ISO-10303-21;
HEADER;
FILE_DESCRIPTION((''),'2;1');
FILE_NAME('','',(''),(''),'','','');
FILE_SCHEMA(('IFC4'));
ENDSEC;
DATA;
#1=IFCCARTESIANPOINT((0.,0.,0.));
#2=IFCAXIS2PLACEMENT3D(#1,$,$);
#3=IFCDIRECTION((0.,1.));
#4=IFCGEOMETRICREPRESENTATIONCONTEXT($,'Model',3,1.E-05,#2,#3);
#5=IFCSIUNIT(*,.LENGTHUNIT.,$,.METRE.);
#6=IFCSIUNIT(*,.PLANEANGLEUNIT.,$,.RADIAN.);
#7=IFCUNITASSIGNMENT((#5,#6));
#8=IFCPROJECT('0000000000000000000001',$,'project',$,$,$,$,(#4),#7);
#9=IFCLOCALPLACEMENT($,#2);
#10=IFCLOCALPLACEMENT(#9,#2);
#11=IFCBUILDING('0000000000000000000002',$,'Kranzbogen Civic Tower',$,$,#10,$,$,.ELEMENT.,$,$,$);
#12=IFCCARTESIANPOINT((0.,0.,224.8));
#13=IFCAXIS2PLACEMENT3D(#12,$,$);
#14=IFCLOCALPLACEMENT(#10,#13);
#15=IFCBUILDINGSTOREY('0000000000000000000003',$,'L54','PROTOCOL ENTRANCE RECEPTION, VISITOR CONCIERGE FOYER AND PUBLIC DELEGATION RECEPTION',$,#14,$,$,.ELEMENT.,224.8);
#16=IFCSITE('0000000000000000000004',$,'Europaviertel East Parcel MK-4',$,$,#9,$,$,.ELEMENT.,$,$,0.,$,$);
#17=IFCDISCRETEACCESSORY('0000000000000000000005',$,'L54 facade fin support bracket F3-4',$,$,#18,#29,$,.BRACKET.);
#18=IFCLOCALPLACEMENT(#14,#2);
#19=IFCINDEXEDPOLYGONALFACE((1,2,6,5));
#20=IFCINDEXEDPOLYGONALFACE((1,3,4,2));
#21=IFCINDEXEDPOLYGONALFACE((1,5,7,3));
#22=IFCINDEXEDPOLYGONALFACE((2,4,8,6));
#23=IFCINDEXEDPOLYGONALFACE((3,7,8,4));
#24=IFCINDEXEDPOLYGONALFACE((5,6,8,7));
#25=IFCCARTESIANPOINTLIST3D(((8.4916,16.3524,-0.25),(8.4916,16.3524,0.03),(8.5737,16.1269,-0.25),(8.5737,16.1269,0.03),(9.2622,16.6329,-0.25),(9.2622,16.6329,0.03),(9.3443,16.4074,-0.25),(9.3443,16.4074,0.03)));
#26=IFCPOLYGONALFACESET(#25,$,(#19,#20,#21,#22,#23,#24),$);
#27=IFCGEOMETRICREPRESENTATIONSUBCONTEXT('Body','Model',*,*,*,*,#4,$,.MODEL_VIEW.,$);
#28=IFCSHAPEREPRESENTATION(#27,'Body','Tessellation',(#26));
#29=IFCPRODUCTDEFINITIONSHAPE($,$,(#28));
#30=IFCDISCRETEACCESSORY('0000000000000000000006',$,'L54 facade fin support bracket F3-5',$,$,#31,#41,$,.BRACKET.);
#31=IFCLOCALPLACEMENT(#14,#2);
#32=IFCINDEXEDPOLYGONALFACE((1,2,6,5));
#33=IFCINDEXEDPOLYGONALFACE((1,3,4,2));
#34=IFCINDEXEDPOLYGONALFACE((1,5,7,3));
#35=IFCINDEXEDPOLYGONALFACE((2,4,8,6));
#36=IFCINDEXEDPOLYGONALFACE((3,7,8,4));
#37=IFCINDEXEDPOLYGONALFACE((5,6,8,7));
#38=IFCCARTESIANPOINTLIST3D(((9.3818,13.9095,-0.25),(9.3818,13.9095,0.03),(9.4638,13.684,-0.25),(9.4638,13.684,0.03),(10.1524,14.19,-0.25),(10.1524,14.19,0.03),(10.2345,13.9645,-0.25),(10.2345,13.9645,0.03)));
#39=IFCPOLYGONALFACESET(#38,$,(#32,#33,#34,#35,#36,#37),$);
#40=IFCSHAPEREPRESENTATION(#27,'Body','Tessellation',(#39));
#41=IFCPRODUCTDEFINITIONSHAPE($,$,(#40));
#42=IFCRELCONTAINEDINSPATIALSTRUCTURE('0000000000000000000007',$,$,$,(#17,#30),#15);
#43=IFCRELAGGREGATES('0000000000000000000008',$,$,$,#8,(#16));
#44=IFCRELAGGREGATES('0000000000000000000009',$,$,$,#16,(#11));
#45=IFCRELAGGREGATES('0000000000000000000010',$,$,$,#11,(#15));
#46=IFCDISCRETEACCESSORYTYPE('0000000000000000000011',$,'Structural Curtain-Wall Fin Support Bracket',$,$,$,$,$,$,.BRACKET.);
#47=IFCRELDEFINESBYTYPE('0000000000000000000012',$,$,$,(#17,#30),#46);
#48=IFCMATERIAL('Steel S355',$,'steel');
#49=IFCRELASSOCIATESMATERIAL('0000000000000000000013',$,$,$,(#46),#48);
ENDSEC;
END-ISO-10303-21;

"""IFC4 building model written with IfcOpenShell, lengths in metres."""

from ifc_helpers import new_model, si_unit, direction, frame, origin, origin_2d, place, context, subcontext, project, spatial, rectangle, extrude, material, type_object, element, save


model = new_model("IFC4")

# Units and contexts
model_context = context("Model", 3, precision=1e-05, world=origin(), true_north=direction((0.0, 1.0)))
body_context = subcontext(model_context, "Body", "Model", "MODEL_VIEW")
ifc_project = project(units=[si_unit("LENGTHUNIT", "METRE"), si_unit("PLANEANGLEUNIT", "RADIAN")], contexts=[model_context])

# Site, building, storey
site_placement = place(None, origin())
site = spatial("IfcSite", under=ifc_project, at=site_placement, Name="Europaviertel East Parcel MK-4", CompositionType="ELEMENT", RefElevation=0.0)
building_placement = place(site_placement, origin())
building = spatial("IfcBuilding", under=site, at=building_placement, Name="Kranzbogen Civic Tower", CompositionType="ELEMENT")
storey_placement = place(building_placement, frame((0.0, 0.0, 224.8)))
storey = spatial("IfcBuildingStorey", under=building, at=storey_placement, Name="L54", Description="PROTOCOL ENTRANCE RECEPTION, VISITOR CONCIERGE FOYER AND PUBLIC DELEGATION RECEPTION", CompositionType="ELEMENT", Elevation=224.8)

# Discrete accessories
ifc_material_1 = material(Name="Steel S355", Category="steel")
discrete_accessory_type = type_object("IfcDiscreteAccessoryType", Name="Structural Curtain-Wall Fin Support Bracket", PredefinedType="BRACKET", material=ifc_material_1)
for number, where, z_axis, x_axis, name in (
    (1, (8.918, 16.3799, -0.25), (0.0, 0.0, 1.0), (-0.939693, -0.34202, 0.0), "L54 facade fin support bracket F3-4"),
    (2, (9.8081, 13.937, -0.25), (0.0, 0.0, 1.0), (-0.939693, -0.34202, 0.0), "L54 facade fin support bracket F3-5"),
):
    element("IfcDiscreteAccessory", number, at=place(storey_placement, frame(where, z_axis=z_axis, x_axis=x_axis)), inside=storey, type_object=discrete_accessory_type, Name=name, PredefinedType="BRACKET", context=body_context, shape_type="SweptSolid", body=[
        extrude(rectangle(XDim=0.8201, YDim=0.24, at=origin_2d()), origin(), (0.0, 0.0, 1.0), 0.28),
    ])

save(model, "model.ifc")
